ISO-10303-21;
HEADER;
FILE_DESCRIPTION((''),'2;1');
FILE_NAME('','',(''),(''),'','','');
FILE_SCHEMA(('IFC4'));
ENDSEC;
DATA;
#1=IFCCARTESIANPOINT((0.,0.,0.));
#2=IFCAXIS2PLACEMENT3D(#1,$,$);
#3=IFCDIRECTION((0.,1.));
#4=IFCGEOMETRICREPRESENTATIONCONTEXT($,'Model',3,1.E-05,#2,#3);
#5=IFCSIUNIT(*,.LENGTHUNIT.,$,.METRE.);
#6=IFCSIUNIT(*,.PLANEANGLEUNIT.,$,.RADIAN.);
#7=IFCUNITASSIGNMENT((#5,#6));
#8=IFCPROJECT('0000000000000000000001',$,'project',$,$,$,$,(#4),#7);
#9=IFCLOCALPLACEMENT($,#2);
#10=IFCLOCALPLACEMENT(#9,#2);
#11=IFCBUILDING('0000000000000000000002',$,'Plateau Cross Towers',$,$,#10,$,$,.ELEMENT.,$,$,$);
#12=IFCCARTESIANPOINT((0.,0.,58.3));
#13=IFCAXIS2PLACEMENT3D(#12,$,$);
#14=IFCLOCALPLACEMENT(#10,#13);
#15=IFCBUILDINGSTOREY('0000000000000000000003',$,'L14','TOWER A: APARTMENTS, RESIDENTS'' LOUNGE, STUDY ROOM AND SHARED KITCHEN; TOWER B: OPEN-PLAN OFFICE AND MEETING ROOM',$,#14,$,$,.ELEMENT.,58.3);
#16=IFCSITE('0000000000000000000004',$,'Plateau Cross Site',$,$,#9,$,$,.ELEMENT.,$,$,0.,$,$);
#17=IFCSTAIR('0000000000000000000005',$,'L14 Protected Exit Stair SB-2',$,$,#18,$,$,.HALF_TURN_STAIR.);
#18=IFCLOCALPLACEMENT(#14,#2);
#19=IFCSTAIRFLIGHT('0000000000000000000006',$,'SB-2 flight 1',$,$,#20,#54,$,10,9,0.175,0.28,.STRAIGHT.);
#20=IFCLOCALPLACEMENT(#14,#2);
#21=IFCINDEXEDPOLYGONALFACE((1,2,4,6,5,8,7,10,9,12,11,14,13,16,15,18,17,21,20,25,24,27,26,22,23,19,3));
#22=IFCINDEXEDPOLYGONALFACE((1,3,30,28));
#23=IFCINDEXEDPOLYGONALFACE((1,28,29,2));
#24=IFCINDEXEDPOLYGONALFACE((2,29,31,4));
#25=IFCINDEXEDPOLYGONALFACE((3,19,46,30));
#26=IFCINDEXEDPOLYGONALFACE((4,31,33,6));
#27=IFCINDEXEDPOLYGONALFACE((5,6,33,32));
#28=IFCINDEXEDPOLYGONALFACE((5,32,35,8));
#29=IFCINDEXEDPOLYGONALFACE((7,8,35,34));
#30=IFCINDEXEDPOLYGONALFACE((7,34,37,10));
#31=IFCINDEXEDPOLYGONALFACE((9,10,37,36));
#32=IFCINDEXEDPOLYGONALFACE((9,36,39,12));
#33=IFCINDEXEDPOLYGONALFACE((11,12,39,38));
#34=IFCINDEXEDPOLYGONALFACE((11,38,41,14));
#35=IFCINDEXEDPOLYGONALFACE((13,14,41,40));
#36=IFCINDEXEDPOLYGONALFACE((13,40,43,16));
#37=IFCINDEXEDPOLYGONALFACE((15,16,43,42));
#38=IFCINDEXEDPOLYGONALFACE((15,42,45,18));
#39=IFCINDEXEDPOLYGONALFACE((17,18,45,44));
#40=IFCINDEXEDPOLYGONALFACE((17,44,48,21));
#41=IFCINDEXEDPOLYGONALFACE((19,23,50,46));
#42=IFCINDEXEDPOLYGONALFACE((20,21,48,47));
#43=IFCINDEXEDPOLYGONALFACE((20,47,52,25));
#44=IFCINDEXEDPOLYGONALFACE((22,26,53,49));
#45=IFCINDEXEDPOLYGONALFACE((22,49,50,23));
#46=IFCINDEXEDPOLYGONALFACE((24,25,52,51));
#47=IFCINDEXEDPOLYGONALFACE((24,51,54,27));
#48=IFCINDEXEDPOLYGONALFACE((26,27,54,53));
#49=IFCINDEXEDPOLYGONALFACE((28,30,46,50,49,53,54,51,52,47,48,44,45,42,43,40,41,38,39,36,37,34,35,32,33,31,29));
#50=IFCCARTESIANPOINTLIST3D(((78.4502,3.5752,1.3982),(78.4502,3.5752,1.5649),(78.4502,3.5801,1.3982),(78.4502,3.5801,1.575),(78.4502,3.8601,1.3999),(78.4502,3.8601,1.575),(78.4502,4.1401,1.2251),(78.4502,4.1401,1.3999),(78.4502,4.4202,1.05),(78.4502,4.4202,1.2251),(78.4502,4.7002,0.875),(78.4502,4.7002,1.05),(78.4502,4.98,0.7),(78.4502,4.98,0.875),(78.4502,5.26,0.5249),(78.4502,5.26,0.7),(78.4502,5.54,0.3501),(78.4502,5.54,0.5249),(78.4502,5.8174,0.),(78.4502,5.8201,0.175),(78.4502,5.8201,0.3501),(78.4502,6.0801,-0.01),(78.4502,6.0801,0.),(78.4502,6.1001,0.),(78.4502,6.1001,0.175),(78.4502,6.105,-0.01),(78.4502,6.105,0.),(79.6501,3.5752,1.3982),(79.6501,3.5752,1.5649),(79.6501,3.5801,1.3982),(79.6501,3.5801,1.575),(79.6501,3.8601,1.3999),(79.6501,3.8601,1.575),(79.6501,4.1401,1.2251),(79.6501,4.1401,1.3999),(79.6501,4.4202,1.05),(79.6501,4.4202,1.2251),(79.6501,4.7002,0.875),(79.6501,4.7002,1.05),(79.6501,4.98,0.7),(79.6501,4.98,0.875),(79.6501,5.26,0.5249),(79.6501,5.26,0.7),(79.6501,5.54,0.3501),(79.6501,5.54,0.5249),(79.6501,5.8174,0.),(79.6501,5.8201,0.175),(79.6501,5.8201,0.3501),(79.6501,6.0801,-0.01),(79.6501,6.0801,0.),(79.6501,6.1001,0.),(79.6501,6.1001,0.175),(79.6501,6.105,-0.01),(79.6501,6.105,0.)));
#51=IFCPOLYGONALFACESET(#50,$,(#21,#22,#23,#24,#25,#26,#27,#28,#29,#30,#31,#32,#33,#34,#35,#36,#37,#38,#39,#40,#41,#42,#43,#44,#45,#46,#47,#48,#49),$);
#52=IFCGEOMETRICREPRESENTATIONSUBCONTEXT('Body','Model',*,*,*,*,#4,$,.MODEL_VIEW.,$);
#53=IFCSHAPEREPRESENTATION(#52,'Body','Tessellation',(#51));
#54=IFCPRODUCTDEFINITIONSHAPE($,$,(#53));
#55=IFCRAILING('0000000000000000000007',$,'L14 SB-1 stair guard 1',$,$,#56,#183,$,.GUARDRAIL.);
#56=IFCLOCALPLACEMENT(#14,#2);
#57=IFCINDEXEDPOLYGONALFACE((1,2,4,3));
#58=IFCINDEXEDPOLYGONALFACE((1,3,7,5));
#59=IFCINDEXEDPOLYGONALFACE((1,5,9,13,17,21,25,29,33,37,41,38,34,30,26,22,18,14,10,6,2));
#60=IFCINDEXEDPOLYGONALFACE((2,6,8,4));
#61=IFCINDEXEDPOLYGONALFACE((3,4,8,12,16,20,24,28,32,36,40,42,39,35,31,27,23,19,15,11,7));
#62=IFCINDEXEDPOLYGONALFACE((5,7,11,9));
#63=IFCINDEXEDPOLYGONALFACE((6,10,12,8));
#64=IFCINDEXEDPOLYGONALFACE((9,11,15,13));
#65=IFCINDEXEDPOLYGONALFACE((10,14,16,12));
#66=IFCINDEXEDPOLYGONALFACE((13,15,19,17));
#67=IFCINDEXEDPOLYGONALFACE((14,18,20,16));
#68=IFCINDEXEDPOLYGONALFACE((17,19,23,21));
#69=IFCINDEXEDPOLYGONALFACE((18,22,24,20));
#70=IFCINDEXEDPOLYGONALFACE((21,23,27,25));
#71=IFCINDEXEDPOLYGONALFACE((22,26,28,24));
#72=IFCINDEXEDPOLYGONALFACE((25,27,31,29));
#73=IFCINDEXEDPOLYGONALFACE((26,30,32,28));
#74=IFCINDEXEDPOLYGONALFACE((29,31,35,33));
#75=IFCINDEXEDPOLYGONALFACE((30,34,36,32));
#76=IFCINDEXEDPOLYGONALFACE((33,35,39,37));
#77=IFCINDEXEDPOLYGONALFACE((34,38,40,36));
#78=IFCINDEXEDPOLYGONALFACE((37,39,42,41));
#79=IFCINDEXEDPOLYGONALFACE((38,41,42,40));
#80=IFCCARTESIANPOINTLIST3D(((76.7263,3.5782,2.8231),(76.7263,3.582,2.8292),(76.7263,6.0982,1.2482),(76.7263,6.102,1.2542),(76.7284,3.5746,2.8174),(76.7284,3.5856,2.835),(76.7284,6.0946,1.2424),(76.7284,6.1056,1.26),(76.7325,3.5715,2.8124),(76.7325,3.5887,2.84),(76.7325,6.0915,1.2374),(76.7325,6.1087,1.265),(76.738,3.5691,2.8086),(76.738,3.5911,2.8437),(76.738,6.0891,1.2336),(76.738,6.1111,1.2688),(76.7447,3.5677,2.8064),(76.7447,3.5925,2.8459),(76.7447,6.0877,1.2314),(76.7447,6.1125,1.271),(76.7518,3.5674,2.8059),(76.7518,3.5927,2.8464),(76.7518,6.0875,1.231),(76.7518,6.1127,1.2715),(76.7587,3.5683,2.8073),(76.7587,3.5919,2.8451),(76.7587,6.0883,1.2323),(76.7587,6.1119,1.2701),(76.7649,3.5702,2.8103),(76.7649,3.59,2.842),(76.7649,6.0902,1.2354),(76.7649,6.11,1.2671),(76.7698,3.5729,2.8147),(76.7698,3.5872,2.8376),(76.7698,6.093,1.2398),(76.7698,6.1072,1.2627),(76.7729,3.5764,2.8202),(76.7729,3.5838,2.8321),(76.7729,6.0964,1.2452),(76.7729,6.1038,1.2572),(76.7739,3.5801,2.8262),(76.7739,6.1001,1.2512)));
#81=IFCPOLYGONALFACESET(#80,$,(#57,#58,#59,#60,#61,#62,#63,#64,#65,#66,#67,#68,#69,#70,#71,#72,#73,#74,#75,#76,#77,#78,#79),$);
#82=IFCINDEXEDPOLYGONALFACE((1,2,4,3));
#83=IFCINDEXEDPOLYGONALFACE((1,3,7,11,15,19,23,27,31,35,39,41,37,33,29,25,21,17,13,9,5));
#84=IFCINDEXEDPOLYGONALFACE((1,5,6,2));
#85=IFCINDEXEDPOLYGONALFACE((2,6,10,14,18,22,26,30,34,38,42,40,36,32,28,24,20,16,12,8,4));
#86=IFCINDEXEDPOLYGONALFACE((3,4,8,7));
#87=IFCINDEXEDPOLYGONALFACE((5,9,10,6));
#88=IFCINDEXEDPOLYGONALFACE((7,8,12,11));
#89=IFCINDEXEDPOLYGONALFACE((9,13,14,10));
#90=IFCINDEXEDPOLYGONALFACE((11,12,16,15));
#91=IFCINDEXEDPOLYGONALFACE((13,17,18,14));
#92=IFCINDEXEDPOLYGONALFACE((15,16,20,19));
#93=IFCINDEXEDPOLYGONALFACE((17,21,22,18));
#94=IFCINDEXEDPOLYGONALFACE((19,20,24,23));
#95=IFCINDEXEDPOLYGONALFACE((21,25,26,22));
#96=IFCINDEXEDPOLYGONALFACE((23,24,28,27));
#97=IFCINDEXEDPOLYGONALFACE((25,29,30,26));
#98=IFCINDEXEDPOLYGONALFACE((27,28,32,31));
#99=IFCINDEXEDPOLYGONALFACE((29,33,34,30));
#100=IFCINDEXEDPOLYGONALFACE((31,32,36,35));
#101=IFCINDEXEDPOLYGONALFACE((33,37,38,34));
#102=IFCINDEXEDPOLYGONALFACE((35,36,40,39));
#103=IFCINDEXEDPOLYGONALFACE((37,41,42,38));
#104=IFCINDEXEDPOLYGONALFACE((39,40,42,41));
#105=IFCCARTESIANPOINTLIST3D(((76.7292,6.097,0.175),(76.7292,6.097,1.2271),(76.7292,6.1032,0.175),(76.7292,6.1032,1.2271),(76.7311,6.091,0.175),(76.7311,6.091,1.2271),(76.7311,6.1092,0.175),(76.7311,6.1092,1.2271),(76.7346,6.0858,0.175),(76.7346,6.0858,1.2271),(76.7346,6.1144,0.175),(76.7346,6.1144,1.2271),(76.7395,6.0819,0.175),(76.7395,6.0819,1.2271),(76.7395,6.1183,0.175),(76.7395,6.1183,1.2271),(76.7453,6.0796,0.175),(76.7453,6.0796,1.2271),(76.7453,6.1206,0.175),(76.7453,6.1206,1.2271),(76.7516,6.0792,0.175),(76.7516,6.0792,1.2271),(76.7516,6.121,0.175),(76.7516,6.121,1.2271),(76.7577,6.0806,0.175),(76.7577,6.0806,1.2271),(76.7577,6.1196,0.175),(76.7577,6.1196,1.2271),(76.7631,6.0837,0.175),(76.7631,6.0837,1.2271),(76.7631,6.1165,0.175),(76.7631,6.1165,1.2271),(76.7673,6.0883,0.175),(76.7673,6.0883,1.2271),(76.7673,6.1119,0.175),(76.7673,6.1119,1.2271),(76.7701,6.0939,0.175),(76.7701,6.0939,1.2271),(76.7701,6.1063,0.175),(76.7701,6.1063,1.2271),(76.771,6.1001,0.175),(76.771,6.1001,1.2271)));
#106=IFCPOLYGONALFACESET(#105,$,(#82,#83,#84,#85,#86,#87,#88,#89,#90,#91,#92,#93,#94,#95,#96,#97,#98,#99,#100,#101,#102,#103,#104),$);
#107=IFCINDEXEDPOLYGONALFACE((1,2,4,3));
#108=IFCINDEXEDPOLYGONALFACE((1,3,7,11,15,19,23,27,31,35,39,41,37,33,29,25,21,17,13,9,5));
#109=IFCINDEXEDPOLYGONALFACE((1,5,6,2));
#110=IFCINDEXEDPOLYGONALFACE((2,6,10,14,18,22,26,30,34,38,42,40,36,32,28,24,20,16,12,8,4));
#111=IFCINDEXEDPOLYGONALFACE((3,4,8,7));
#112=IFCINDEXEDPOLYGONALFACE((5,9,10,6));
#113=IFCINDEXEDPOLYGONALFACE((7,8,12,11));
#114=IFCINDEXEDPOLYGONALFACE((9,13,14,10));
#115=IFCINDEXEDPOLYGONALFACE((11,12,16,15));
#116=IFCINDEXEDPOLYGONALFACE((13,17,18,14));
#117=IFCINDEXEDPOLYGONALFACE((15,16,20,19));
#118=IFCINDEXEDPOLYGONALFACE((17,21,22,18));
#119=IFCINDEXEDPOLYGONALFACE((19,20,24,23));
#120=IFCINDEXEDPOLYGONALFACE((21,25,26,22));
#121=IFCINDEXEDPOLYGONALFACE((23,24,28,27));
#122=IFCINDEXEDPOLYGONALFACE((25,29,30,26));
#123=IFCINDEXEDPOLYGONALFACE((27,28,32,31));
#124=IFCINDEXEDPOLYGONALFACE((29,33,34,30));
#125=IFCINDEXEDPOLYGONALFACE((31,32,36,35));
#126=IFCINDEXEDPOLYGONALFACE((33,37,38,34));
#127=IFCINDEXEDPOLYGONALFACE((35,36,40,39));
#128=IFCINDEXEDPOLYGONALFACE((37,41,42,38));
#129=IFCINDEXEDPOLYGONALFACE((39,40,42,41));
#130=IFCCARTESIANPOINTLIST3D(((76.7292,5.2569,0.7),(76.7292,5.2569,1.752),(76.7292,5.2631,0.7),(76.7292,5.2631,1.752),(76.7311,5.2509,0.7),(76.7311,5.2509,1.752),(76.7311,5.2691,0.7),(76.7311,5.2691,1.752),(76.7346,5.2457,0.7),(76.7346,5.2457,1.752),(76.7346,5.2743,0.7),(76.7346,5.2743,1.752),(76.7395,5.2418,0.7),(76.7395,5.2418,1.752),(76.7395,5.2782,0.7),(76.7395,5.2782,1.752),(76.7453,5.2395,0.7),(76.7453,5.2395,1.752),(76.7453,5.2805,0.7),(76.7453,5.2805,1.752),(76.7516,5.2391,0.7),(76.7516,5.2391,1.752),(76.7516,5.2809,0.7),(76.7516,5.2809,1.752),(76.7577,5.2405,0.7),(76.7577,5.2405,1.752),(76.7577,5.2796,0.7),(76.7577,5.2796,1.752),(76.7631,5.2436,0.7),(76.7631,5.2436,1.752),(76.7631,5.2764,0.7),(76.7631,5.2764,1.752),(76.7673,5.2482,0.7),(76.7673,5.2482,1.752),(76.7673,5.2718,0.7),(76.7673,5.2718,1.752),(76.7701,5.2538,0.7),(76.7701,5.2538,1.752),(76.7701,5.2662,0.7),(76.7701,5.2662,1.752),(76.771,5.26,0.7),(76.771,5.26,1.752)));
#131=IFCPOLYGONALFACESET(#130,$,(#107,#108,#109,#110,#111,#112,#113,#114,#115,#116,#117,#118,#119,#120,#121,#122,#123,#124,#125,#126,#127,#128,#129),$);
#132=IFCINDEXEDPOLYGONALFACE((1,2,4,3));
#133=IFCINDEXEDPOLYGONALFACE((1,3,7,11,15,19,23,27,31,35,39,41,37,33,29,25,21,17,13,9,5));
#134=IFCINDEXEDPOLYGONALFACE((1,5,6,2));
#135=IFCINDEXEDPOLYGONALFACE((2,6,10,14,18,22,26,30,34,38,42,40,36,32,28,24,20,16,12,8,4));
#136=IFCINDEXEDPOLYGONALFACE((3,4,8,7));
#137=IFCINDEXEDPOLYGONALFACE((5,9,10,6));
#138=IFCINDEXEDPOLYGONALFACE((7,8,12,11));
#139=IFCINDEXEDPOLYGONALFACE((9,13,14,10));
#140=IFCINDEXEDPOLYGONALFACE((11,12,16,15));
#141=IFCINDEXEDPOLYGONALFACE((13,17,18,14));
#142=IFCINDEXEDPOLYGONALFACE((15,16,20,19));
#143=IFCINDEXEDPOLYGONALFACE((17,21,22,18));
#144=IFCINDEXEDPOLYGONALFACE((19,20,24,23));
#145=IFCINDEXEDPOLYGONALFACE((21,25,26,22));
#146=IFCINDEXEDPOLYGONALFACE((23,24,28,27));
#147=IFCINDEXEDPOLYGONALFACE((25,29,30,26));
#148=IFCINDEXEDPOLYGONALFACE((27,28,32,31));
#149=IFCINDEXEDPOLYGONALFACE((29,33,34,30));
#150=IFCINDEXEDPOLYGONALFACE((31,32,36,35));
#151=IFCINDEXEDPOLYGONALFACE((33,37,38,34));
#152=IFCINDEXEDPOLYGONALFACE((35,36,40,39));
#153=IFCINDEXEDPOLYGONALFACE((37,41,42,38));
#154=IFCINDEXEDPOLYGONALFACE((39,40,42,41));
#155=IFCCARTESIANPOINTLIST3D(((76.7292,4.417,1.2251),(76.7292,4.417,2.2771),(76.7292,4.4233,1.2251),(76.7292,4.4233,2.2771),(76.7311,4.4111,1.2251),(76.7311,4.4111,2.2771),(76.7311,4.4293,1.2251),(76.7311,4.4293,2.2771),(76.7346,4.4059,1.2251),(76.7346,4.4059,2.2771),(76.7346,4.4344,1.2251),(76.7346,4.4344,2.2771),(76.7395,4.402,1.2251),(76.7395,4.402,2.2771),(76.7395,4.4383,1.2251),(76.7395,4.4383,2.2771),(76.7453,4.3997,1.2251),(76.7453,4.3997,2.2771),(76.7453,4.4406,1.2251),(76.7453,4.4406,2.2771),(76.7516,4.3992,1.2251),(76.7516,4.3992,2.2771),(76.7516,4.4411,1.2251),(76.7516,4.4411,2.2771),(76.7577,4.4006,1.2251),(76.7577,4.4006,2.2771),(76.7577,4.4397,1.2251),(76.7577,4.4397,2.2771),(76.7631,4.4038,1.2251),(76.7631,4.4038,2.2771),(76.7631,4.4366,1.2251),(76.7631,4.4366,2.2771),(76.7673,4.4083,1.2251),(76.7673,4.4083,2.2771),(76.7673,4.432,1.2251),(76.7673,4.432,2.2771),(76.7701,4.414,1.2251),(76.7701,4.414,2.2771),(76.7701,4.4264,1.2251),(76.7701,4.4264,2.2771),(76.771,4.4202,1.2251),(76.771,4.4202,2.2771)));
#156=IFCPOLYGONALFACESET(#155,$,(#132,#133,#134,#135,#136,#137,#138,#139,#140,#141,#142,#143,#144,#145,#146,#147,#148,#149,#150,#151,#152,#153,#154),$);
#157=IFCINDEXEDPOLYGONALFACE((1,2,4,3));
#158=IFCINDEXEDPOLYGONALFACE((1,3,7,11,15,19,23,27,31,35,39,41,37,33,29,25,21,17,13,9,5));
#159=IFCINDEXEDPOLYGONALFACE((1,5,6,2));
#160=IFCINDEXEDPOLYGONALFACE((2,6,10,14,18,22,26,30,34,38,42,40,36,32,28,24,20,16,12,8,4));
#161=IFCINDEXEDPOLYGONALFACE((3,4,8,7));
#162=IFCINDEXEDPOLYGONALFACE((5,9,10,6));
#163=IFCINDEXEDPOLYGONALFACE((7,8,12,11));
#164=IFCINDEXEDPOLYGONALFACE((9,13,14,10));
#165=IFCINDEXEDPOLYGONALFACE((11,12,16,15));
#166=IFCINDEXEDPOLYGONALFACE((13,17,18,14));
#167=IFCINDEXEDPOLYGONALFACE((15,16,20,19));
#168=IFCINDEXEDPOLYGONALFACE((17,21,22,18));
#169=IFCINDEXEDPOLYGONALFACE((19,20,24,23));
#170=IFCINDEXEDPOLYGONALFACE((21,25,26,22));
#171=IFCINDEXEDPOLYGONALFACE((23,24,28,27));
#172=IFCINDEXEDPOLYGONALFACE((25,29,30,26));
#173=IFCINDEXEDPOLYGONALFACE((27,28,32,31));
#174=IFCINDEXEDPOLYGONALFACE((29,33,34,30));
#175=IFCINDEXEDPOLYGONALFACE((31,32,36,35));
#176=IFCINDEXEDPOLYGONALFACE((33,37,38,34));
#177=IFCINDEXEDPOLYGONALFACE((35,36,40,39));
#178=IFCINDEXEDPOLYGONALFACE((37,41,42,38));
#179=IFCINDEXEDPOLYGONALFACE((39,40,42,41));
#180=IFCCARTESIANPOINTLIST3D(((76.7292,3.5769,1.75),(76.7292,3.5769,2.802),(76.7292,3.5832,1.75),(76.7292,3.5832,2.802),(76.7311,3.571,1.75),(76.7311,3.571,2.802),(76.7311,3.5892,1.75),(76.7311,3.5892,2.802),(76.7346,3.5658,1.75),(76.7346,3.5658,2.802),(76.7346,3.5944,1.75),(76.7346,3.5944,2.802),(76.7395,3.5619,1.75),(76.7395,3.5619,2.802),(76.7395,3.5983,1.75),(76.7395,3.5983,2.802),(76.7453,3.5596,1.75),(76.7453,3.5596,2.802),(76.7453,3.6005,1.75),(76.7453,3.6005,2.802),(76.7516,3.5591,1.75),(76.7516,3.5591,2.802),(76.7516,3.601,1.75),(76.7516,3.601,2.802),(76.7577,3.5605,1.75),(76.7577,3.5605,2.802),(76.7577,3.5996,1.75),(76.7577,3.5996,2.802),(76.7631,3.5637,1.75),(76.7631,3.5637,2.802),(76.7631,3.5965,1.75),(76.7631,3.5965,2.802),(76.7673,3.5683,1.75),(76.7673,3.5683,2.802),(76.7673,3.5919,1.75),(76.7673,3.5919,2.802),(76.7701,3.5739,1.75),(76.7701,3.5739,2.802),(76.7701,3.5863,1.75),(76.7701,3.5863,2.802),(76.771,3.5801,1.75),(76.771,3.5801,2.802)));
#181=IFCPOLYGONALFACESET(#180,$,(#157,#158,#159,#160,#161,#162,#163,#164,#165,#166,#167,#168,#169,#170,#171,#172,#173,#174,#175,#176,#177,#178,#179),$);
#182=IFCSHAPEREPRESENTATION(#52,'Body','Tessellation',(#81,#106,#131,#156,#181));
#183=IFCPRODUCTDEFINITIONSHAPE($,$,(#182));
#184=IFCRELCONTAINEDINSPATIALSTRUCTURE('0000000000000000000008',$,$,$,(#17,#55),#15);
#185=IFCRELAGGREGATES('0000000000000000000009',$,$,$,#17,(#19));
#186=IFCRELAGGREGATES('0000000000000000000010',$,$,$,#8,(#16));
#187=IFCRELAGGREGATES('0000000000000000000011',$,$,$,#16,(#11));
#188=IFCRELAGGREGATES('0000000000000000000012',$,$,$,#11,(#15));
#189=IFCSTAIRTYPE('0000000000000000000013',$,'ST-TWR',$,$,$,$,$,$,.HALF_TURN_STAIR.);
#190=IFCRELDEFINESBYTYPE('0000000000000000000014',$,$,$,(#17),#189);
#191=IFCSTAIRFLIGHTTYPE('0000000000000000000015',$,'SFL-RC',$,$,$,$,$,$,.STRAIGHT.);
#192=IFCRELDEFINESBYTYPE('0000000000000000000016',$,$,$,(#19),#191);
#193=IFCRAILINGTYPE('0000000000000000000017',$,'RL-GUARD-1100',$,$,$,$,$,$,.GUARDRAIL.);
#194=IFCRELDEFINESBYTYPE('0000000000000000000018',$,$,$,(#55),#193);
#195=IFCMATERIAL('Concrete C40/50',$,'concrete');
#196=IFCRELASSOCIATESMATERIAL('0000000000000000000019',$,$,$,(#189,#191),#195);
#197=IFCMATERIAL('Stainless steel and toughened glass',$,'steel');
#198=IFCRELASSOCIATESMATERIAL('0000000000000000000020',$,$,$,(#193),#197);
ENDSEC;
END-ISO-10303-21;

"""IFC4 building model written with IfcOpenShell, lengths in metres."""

from ifc_helpers import new_model, si_unit, direction, frame, origin, origin_2d, place, context, subcontext, project, spatial, polyline, circle, outline, extrude, material, type_object, element, aggregate, save


model = new_model("IFC4")

# Units and contexts
model_context = context("Model", 3, precision=1e-05, world=origin(), true_north=direction((0.0, 1.0)))
body_context = subcontext(model_context, "Body", "Model", "MODEL_VIEW")
ifc_project = project(units=[si_unit("LENGTHUNIT", "METRE"), si_unit("PLANEANGLEUNIT", "RADIAN")], contexts=[model_context])

# Site, building, storey
site_placement = place(None, origin())
site = spatial("IfcSite", under=ifc_project, at=site_placement, Name="Plateau Cross Site", CompositionType="ELEMENT", RefElevation=0.0)
building_placement = place(site_placement, origin())
building = spatial("IfcBuilding", under=site, at=building_placement, Name="Plateau Cross Towers", CompositionType="ELEMENT")
storey_placement = place(building_placement, frame((0.0, 0.0, 58.3)))
storey = spatial("IfcBuildingStorey", under=building, at=storey_placement, Name="L14", Description="TOWER A: APARTMENTS, RESIDENTS' LOUNGE, STUDY ROOM AND SHARED KITCHEN; TOWER B: OPEN-PLAN OFFICE AND MEETING ROOM", CompositionType="ELEMENT", Elevation=58.3)

# Shared definitions
ifc_material_1 = material(Name="Concrete C40/50", Category="concrete")
stair_type = type_object("IfcStairType", Name="ST-TWR", PredefinedType="HALF_TURN_STAIR", material=ifc_material_1)
stair_flight_type = type_object("IfcStairFlightType", Name="SFL-RC", PredefinedType="STRAIGHT", material=ifc_material_1)

# Stair, stair flight
stair_1_placement = place(storey_placement, origin())
stair_1 = element("IfcStair", 1, at=stair_1_placement, inside=storey, type_object=stair_type, Name="L14 Protected Exit Stair SB-2", PredefinedType="HALF_TURN_STAIR")
stair_flight_1_placement = place(storey_placement, frame((79.05, 6.1001, 0.0), z_axis=(0.0, 0.0, 1.0), x_axis=(0.0, -1.0, 0.0)))
stair_flight_1 = element("IfcStairFlight", 2, at=stair_flight_1_placement, type_object=stair_flight_type, Name="SB-2 flight 1", NumberOfRisers=10, NumberOfTreads=9, PredefinedType="STRAIGHT", RiserHeight=0.175, TreadLength=0.28, context=body_context, shape_type="SweptSolid", body=[
    extrude(outline(polyline([(-0.0049, -0.01), (-0.0049, 0.0), (0.0, 0.0), (0.0, 0.175), (0.28, 0.175), (0.28, 0.3501), (0.5601, 0.3501), (0.5601, 0.5249), (0.8401, 0.5249), (0.8401, 0.7), (1.1201, 0.7), (1.1201, 0.875), (1.3999, 0.875), (1.3999, 1.05), (1.6799, 1.05), (1.6799, 1.2251), (1.96, 1.2251), (1.96, 1.3999), (2.24, 1.3999), (2.24, 1.575), (2.52, 1.575), (2.5249, 1.5649), (2.5249, 1.3982), (2.52, 1.3982), (0.2827, 0.0), (0.02, 0.0), (0.02, -0.01), (-0.0049, -0.01)])), frame((0.0, 0.6001, 0.0), z_axis=(0.0, -1.0, 0.0), x_axis=(1.0, 0.0, 0.0)), (0.0, 0.0, 1.0), 1.2),
])
aggregate(stair_1, [stair_flight_1])

# Railing
ifc_material_2 = material(Name="Stainless steel and toughened glass", Category="steel")
railing_type_1 = type_object("IfcRailingType", Name="RL-GUARD-1100", PredefinedType="GUARDRAIL", material=ifc_material_2)
railing_1_placement = place(storey_placement, frame((76.75, 6.1001, 0.175)))
element("IfcRailing", 3, at=railing_1_placement, inside=storey, type_object=railing_type_1, Name="L14 SB-1 stair guard 1", PredefinedType="GUARDRAIL", context=body_context, shape_type="SweptSolid", body=[
    extrude(circle(Radius=0.0239, at=origin_2d()), frame((0.0, 0.0, 1.0762), z_axis=(0.0, -0.848008, 0.529984), x_axis=(1.0, 0.0, 0.0)), (0.0, 0.0, 1.0), 2.9717),
    extrude(circle(Radius=0.021, at=origin_2d()), origin(), (0.0, 0.0, 1.0), 1.052),
    extrude(circle(Radius=0.021, at=origin_2d()), frame((0.0, -0.8401, 0.5249)), (0.0, 0.0, 1.0), 1.052),
    extrude(circle(Radius=0.021, at=origin_2d()), frame((0.0, -1.6799, 1.05)), (0.0, 0.0, 1.0), 1.052),
    extrude(circle(Radius=0.021, at=origin_2d()), frame((0.0, -2.52, 1.575)), (0.0, 0.0, 1.0), 1.052),
])

save(model, "model.ifc")
